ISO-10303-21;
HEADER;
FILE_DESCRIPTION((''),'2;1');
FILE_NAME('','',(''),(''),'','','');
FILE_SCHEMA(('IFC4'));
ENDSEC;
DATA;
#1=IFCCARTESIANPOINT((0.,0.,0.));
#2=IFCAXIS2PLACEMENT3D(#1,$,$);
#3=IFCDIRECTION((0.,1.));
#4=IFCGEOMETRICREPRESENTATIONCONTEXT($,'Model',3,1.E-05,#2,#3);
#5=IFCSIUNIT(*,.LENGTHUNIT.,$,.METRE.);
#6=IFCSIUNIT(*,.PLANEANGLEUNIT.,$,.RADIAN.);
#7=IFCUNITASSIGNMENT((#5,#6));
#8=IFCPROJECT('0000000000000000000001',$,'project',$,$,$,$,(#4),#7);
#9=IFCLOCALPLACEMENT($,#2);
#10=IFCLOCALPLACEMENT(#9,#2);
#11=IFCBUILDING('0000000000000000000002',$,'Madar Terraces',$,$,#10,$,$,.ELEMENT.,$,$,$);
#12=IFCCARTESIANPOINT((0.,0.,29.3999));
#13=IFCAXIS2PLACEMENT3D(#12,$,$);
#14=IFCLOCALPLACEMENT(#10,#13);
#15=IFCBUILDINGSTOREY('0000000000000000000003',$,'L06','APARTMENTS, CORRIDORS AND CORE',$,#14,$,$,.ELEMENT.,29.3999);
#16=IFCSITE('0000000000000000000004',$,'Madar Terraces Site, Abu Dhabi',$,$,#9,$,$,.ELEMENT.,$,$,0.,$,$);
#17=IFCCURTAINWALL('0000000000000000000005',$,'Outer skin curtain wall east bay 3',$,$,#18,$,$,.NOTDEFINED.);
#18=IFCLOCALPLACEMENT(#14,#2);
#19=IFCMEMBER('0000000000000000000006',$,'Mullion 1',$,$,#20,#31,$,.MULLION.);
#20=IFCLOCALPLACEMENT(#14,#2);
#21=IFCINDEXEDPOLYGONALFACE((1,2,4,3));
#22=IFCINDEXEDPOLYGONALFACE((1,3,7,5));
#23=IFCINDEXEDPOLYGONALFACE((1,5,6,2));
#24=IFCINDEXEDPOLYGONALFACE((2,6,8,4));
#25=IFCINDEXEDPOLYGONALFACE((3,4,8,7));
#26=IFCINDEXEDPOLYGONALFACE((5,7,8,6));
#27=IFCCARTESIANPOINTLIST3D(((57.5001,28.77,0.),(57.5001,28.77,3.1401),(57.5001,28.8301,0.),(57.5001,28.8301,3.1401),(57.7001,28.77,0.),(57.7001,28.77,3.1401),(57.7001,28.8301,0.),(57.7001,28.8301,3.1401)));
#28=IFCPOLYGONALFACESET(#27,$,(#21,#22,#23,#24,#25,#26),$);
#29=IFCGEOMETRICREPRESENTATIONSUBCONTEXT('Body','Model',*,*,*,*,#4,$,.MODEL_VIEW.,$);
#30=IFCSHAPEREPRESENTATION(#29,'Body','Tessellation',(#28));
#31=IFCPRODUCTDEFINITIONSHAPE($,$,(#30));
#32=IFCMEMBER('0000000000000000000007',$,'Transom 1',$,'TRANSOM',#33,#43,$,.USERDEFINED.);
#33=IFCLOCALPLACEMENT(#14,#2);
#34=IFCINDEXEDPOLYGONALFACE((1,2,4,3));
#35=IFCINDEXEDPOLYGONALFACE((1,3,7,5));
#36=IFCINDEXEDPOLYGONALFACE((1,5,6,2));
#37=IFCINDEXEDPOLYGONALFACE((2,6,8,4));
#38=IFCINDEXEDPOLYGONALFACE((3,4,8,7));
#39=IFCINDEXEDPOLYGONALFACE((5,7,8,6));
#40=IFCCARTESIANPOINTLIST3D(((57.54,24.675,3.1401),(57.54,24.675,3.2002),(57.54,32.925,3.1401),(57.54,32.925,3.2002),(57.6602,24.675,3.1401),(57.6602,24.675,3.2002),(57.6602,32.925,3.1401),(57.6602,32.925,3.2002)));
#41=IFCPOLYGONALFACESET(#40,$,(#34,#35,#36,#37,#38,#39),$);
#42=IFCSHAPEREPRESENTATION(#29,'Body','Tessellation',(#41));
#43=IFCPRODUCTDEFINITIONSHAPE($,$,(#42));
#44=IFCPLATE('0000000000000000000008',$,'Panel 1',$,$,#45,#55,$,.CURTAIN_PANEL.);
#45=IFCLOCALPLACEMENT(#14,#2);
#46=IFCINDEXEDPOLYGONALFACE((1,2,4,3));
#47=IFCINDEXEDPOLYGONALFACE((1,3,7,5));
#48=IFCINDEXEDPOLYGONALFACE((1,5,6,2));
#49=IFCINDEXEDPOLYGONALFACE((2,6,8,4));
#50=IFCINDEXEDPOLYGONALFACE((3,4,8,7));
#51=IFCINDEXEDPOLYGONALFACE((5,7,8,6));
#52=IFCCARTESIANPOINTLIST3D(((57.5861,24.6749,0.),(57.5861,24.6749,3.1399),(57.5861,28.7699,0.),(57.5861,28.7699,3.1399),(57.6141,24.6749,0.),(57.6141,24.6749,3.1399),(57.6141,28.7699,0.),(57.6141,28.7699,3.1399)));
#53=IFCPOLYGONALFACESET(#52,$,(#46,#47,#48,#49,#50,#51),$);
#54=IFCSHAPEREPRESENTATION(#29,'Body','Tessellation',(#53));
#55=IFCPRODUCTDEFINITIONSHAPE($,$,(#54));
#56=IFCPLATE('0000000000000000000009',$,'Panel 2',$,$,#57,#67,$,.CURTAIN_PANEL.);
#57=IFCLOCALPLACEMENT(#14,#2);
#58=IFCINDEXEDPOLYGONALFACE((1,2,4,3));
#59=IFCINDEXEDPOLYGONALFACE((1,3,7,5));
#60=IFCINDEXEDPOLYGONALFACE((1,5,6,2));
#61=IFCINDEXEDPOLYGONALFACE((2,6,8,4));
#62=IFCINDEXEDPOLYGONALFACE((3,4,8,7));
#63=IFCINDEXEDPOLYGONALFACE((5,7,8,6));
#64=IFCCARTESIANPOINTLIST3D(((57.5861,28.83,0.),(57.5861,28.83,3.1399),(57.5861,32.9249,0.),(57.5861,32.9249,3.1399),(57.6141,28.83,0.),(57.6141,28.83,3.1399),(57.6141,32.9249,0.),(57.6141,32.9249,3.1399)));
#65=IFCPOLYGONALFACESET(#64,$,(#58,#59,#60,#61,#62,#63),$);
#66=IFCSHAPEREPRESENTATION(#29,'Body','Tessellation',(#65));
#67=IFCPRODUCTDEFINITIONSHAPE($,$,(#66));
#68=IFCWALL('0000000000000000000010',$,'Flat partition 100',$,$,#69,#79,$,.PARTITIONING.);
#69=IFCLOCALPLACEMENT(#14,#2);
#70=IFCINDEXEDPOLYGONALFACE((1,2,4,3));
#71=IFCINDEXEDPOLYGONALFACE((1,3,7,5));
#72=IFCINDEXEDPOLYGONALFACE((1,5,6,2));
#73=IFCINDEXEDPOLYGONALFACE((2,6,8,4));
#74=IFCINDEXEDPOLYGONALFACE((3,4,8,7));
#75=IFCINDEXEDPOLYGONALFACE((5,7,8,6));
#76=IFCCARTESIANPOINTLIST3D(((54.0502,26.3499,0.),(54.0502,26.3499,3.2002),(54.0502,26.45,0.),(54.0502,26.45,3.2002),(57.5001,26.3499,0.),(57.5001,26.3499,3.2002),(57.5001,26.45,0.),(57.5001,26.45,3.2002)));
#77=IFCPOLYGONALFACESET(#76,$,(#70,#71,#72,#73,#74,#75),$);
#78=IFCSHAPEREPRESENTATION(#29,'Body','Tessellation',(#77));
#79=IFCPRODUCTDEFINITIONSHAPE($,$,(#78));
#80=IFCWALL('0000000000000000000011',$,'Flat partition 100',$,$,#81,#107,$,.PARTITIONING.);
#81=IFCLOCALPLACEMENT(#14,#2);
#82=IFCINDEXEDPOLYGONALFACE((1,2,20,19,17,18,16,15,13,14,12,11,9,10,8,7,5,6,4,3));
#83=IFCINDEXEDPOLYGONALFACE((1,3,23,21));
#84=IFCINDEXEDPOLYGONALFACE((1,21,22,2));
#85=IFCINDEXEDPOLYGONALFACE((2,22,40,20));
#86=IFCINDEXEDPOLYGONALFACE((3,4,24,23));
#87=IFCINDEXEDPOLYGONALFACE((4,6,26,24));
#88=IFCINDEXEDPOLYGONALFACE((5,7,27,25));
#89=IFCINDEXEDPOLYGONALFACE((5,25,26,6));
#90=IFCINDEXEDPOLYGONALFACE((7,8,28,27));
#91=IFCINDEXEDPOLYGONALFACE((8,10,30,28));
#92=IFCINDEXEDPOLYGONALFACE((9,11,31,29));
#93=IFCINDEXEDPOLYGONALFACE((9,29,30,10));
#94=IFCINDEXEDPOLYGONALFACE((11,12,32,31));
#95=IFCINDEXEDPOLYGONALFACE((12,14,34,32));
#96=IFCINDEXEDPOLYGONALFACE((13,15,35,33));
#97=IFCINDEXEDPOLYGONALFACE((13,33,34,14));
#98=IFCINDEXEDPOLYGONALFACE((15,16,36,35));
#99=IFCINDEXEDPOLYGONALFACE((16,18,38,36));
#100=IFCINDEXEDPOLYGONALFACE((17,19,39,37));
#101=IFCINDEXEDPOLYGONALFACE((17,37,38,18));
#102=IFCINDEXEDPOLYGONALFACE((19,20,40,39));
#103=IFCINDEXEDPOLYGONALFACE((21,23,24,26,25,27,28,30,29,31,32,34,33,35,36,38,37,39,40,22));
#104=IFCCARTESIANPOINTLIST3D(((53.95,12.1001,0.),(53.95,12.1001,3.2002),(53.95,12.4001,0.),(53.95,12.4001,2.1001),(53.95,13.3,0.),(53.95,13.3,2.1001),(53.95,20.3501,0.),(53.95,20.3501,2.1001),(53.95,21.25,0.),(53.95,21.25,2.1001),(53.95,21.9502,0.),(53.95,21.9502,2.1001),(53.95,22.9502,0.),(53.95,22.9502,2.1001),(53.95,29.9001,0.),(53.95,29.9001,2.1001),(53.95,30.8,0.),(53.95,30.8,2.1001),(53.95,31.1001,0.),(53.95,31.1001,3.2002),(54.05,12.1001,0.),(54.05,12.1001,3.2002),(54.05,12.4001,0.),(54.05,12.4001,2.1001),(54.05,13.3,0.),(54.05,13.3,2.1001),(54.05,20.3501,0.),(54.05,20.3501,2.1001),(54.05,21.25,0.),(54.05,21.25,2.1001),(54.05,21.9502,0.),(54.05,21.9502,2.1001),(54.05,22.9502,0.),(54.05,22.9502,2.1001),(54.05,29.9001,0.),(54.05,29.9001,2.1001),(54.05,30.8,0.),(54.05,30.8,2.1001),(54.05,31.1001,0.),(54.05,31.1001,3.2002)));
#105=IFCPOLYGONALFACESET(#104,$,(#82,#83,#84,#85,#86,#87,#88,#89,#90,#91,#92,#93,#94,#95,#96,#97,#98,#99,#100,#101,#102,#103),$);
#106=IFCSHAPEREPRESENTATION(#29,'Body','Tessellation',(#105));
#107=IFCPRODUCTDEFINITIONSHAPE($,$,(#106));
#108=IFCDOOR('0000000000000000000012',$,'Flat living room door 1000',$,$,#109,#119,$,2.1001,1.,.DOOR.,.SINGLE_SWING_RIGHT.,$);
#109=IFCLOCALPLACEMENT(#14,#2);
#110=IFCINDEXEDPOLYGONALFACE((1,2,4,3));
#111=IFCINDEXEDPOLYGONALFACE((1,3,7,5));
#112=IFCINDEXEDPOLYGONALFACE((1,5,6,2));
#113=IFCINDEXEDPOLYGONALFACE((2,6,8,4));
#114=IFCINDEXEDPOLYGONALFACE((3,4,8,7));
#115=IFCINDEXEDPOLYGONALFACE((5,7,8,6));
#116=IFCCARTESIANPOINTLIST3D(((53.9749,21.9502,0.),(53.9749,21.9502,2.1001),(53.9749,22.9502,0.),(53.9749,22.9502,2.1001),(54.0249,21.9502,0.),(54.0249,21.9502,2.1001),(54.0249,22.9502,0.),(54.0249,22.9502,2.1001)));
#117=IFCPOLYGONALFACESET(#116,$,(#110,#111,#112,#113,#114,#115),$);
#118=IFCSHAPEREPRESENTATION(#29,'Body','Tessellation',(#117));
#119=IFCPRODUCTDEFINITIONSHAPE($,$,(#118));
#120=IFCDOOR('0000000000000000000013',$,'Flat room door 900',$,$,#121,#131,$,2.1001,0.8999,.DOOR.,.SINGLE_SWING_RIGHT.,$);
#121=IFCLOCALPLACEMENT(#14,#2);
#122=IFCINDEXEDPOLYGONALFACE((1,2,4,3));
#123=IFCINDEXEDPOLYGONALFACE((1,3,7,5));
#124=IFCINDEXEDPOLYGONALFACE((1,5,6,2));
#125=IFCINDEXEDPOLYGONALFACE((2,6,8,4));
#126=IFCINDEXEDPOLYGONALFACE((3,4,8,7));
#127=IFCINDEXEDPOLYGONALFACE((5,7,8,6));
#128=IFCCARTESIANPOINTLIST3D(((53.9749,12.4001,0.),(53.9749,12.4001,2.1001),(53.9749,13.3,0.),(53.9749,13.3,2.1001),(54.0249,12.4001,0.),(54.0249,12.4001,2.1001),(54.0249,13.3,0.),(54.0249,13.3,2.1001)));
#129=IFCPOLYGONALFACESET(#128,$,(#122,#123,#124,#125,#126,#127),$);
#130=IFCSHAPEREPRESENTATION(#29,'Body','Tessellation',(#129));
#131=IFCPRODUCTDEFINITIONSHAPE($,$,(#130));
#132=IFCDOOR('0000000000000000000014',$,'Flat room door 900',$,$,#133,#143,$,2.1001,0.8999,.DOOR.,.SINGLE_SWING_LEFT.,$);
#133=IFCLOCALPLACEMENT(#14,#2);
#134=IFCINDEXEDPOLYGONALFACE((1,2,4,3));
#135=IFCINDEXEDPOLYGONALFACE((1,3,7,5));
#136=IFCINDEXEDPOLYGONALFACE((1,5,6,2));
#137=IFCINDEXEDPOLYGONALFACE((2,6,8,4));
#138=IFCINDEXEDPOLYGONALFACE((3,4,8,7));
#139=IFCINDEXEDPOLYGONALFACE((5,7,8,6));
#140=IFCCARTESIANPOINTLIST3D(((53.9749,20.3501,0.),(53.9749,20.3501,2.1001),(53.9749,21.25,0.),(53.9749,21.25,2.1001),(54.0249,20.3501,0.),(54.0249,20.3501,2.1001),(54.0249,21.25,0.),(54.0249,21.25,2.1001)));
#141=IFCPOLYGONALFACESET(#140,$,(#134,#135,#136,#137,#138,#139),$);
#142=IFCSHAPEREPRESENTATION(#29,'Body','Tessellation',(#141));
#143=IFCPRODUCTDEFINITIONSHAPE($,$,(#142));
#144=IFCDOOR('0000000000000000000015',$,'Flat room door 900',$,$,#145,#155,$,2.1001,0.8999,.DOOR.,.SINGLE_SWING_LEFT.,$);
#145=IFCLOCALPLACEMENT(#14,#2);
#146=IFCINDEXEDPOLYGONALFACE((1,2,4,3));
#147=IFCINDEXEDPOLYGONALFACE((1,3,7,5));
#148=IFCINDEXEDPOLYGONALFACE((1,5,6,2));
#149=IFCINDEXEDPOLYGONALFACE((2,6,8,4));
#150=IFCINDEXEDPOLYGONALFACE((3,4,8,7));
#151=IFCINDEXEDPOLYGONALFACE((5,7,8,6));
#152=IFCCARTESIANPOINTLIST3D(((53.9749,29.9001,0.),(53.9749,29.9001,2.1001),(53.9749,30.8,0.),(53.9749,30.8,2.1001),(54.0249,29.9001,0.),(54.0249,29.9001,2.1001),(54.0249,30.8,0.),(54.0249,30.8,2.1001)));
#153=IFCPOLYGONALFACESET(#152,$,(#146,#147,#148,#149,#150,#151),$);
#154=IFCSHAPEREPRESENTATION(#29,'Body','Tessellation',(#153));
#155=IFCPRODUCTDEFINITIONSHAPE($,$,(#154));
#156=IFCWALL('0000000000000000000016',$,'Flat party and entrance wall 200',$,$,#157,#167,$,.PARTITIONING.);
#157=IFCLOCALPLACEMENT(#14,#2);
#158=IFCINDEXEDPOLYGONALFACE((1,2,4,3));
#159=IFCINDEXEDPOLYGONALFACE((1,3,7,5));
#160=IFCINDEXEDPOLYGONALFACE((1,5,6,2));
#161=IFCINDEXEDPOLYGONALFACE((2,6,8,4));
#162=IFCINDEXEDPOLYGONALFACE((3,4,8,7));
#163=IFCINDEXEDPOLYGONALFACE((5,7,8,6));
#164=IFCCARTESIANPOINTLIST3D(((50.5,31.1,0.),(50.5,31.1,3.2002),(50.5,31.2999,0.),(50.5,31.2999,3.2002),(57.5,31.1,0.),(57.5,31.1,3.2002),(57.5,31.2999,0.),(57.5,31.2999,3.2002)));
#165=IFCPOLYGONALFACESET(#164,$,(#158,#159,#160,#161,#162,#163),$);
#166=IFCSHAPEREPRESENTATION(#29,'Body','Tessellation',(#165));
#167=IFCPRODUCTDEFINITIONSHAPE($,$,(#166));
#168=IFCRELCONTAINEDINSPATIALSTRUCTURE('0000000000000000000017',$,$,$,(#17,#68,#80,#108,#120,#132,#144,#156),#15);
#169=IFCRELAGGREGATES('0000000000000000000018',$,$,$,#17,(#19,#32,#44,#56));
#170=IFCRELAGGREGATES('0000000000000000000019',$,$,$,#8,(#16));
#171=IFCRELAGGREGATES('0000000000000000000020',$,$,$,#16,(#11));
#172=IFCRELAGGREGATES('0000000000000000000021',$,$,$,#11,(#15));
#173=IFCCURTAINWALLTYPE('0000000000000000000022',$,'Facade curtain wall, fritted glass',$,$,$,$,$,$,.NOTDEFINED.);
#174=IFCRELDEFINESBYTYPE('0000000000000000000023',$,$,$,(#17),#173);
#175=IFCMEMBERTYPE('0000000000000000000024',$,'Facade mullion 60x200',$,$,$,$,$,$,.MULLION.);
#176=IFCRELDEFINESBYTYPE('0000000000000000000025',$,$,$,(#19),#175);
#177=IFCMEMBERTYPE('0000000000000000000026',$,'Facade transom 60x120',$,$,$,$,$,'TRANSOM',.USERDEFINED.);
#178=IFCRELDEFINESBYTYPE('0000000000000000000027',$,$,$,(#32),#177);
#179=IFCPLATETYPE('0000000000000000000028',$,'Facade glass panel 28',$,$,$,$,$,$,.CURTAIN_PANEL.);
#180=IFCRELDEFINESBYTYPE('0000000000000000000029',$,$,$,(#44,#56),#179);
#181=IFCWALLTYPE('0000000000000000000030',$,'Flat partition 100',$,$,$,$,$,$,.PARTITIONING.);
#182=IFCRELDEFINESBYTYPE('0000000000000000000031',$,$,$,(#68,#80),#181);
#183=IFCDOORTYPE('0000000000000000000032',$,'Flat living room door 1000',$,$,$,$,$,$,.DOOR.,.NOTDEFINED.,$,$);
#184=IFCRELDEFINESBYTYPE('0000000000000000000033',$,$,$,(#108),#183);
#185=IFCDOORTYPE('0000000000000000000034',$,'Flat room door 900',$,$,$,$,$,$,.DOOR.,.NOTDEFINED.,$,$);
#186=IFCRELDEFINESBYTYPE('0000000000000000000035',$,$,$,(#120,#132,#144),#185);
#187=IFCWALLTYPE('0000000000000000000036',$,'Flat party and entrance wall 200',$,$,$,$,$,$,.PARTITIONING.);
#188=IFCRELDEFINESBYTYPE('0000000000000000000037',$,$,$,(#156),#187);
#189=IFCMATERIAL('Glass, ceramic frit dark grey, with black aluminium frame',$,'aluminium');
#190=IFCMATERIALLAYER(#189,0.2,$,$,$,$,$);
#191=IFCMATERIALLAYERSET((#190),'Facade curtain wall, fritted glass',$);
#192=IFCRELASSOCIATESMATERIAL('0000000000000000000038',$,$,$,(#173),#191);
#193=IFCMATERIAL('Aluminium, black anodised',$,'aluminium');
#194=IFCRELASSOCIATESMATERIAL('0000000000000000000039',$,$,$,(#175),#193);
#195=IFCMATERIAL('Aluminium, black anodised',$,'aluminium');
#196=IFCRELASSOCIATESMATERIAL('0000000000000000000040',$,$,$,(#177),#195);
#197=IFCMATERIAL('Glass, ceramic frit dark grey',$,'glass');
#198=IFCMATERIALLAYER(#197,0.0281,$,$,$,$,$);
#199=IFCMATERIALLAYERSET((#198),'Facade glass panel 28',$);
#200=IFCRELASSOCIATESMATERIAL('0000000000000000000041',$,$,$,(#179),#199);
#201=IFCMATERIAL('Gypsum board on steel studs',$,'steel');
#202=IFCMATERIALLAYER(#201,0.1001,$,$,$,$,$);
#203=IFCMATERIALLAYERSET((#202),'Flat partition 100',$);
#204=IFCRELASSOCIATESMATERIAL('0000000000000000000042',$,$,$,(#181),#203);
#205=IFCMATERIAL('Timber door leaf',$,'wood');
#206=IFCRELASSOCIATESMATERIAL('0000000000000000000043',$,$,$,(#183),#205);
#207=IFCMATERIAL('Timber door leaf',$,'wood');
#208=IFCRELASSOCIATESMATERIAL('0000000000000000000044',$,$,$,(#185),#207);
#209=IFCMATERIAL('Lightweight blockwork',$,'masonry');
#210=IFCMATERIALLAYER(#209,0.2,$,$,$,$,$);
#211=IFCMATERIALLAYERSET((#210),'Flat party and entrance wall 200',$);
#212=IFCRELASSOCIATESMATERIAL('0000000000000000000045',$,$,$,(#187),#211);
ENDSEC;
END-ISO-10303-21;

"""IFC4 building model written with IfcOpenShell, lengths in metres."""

from ifc_helpers import new_model, si_unit, direction, frame, frame_2d, origin, origin_2d, place, context, subcontext, project, spatial, rectangle, extrude, material, layer, layer_set, material_profile, profile_set, type_object, element, fill, aggregate, save


model = new_model("IFC4")

# Units and contexts
model_context = context("Model", 3, precision=1e-05, world=origin(), true_north=direction((0.0, 1.0)))
body_context = subcontext(model_context, "Body", "Model", "MODEL_VIEW")
ifc_project = project(units=[si_unit("LENGTHUNIT", "METRE"), si_unit("PLANEANGLEUNIT", "RADIAN")], contexts=[model_context])

# Site, building, storey
site_placement = place(None, origin())
site = spatial("IfcSite", under=ifc_project, at=site_placement, Name="Madar Terraces Site, Abu Dhabi", CompositionType="ELEMENT", RefElevation=0.0)
building_placement = place(site_placement, origin())
building = spatial("IfcBuilding", under=site, at=building_placement, Name="Madar Terraces", CompositionType="ELEMENT")
storey_placement = place(building_placement, frame((0.0, 0.0, 29.3999)))
storey = spatial("IfcBuildingStorey", under=building, at=storey_placement, Name="L06", Description="APARTMENTS, CORRIDORS AND CORE", CompositionType="ELEMENT", Elevation=29.3999)

# Curtain wall, members, plates
ifc_material_1 = material(Name="Glass, ceramic frit dark grey, with black aluminium frame", Category="aluminium")
ifc_layer_1 = layer(ifc_material_1, 0.2)
ifc_layer_set_1 = layer_set([ifc_layer_1], Name="Facade curtain wall, fritted glass")
curtain_wall_type = type_object("IfcCurtainWallType", Name="Facade curtain wall, fritted glass", PredefinedType="NOTDEFINED", material=ifc_layer_set_1)
curtain_wall_placement = place(storey_placement, origin())
curtain_wall = element("IfcCurtainWall", 1, at=curtain_wall_placement, inside=storey, type_object=curtain_wall_type, Name="Outer skin curtain wall east bay 3", PredefinedType="NOTDEFINED")
ifc_material_2 = material(Name="Aluminium, black anodised", Category="aluminium")
ifc_material_profile_1 = material_profile(ifc_material_2, rectangle(XDim=0.2, YDim=0.0601, at=origin_2d()), Name="Facade mullion 60x200")
ifc_profile_set_1 = profile_set([ifc_material_profile_1], Name="Aluminium, black anodised")
member_type_1 = type_object("IfcMemberType", Name="Facade mullion 60x200", PredefinedType="MULLION", material=ifc_profile_set_1)
member_1_placement = place(storey_placement, frame((57.6001, 28.8, 0.0), z_axis=(0.0, 0.0, 1.0), x_axis=(-1.0, 0.0, 0.0)))
member_1 = element("IfcMember", 2, at=member_1_placement, type_object=member_type_1, Name="Mullion 1", PredefinedType="MULLION", context=body_context, shape_type="SweptSolid", body=[
    extrude(rectangle(XDim=0.2, YDim=0.0601, at=origin_2d()), origin(), (0.0, 0.0, 1.0), 3.1401),
])
ifc_material_3 = material(Name="Aluminium, black anodised", Category="aluminium")
ifc_material_profile_2 = material_profile(ifc_material_3, rectangle(XDim=0.1201, YDim=0.0601, at=origin_2d()), Name="Facade transom 60x120")
ifc_profile_set_2 = profile_set([ifc_material_profile_2], Name="Aluminium, black anodised")
member_type_2 = type_object("IfcMemberType", Name="Facade transom 60x120", ElementType="TRANSOM", PredefinedType="USERDEFINED", material=ifc_profile_set_2)
member_2_placement = place(storey_placement, frame((57.6001, 24.675, 3.1702), z_axis=(0.0, 1.0, 0.0), x_axis=(-1.0, 0.0, 0.0)))
member_2 = element("IfcMember", 3, at=member_2_placement, type_object=member_type_2, Name="Transom 1", ObjectType="TRANSOM", PredefinedType="USERDEFINED", context=body_context, shape_type="SweptSolid", body=[
    extrude(rectangle(XDim=0.1201, YDim=0.0601, at=origin_2d()), origin(), (0.0, 0.0, 1.0), 8.25),
])
ifc_material_4 = material(Name="Glass, ceramic frit dark grey", Category="glass")
ifc_layer_2 = layer(ifc_material_4, 0.0281)
ifc_layer_set_2 = layer_set([ifc_layer_2], Name="Facade glass panel 28")
plate_type = type_object("IfcPlateType", Name="Facade glass panel 28", PredefinedType="CURTAIN_PANEL", material=ifc_layer_set_2)
plate_1_placement = place(storey_placement, frame((57.6001, 26.7224, 0.0), z_axis=(0.0, 0.0, 1.0), x_axis=(0.0, 1.0, 0.0)))
plate_1 = element("IfcPlate", 4, at=plate_1_placement, type_object=plate_type, Name="Panel 1", PredefinedType="CURTAIN_PANEL", context=body_context, shape_type="SweptSolid", body=[
    extrude(rectangle(XDim=4.095, YDim=0.0281, at=origin_2d()), origin(), (0.0, 0.0, 1.0), 3.1399),
])
plate_2_placement = place(storey_placement, frame((57.6001, 30.8774, 0.0), z_axis=(0.0, 0.0, 1.0), x_axis=(0.0, 1.0, 0.0)))
plate_2 = element("IfcPlate", 5, at=plate_2_placement, type_object=plate_type, Name="Panel 2", PredefinedType="CURTAIN_PANEL", context=body_context, shape_type="SweptSolid", body=[
    extrude(rectangle(XDim=4.095, YDim=0.0281, at=origin_2d()), origin(), (0.0, 0.0, 1.0), 3.1399),
])
aggregate(curtain_wall, [member_1, member_2, plate_1, plate_2])

# Wall
ifc_material_5 = material(Name="Gypsum board on steel studs", Category="steel")
ifc_layer_3 = layer(ifc_material_5, 0.1001)
ifc_layer_set_3 = layer_set([ifc_layer_3], Name="Flat partition 100")
wall_type_1 = type_object("IfcWallType", Name="Flat partition 100", PredefinedType="PARTITIONING", material=ifc_layer_set_3)
wall_1_placement = place(storey_placement, frame((54.05, 26.3999, 0.0), z_axis=(0.0, 0.0, 1.0), x_axis=(1.0, 0.0, 0.0)))
element("IfcWall", 6, at=wall_1_placement, inside=storey, type_object=wall_type_1, Name="Flat partition 100", PredefinedType="PARTITIONING", context=body_context, shape_type="SweptSolid", body=[
    extrude(rectangle(XDim=3.45, YDim=0.1001, at=frame_2d((1.7251, 0.0))), origin(), (0.0, 0.0, 1.0), 3.2002),
])

# Wall, openings, doors
wall_2_placement = place(storey_placement, frame((54.0, 31.1001, 0.0), z_axis=(0.0, 0.0, 1.0), x_axis=(0.0, -1.0, 0.0)))
wall_2 = element("IfcWall", 7, at=wall_2_placement, inside=storey, type_object=wall_type_1, Name="Flat partition 100", PredefinedType="PARTITIONING", context=body_context, shape_type="SweptSolid", body=[
    extrude(rectangle(XDim=19.0, YDim=0.1001, at=frame_2d((9.5, 0.0))), origin(), (0.0, 0.0, 1.0), 3.2002),
])
opening_1_placement = place(wall_2_placement, frame((17.8, 0.0, 0.0)))
opening_1 = element("IfcOpeningElement", 8, at=opening_1_placement, cuts=wall_2, PredefinedType="OPENING", context=body_context, shape_type="SweptSolid", body=[
    extrude(rectangle(XDim=0.8999, YDim=2.1001, at=frame_2d((0.45, 1.05))), frame((0.0, 0.0601, 0.0), z_axis=(0.0, -1.0, 0.0), x_axis=(1.0, 0.0, 0.0)), (0.0, 0.0, 1.0), 0.1201),
])
opening_2_placement = place(wall_2_placement, frame((9.8501, 0.0, 0.0)))
opening_2 = element("IfcOpeningElement", 9, at=opening_2_placement, cuts=wall_2, PredefinedType="OPENING", context=body_context, shape_type="SweptSolid", body=[
    extrude(rectangle(XDim=0.8999, YDim=2.1001, at=frame_2d((0.45, 1.05))), frame((0.0, 0.0601, 0.0), z_axis=(0.0, -1.0, 0.0), x_axis=(1.0, 0.0, 0.0)), (0.0, 0.0, 1.0), 0.1201),
])
opening_3_placement = place(wall_2_placement, frame((8.1499, 0.0, 0.0)))
opening_3 = element("IfcOpeningElement", 10, at=opening_3_placement, cuts=wall_2, PredefinedType="OPENING", context=body_context, shape_type="SweptSolid", body=[
    extrude(rectangle(XDim=1.0, YDim=2.1001, at=frame_2d((0.5, 1.05))), frame((0.0, 0.0601, 0.0), z_axis=(0.0, -1.0, 0.0), x_axis=(1.0, 0.0, 0.0)), (0.0, 0.0, 1.0), 0.1201),
])
opening_4_placement = place(wall_2_placement, frame((0.3, 0.0, 0.0)))
opening_4 = element("IfcOpeningElement", 11, at=opening_4_placement, cuts=wall_2, PredefinedType="OPENING", context=body_context, shape_type="SweptSolid", body=[
    extrude(rectangle(XDim=0.8999, YDim=2.1001, at=frame_2d((0.45, 1.05))), frame((0.0, 0.0601, 0.0), z_axis=(0.0, -1.0, 0.0), x_axis=(1.0, 0.0, 0.0)), (0.0, 0.0, 1.0), 0.1201),
])
ifc_material_6 = material(Name="Timber door leaf", Category="wood")
door_type_1 = type_object("IfcDoorType", Name="Flat living room door 1000", OperationType="NOTDEFINED", PredefinedType="DOOR", material=ifc_material_6)
door_1_placement = place(opening_3_placement, origin())
door_1 = element("IfcDoor", 12, at=door_1_placement, inside=storey, type_object=door_type_1, Name="Flat living room door 1000", OperationType="SINGLE_SWING_RIGHT", OverallHeight=2.1001, OverallWidth=1.0, PredefinedType="DOOR", context=body_context, shape_type="SweptSolid", body=[
    extrude(rectangle(XDim=1.0, YDim=2.1001, at=frame_2d((0.5, 1.05))), frame((0.0, 0.0249, 0.0), z_axis=(0.0, -1.0, 0.0), x_axis=(1.0, 0.0, 0.0)), (0.0, 0.0, 1.0), 0.05),
])
fill(opening_3, door_1)
ifc_material_7 = material(Name="Timber door leaf", Category="wood")
door_type_2 = type_object("IfcDoorType", Name="Flat room door 900", OperationType="NOTDEFINED", PredefinedType="DOOR", material=ifc_material_7)
door_2_placement = place(opening_1_placement, origin())
door_2 = element("IfcDoor", 13, at=door_2_placement, inside=storey, type_object=door_type_2, Name="Flat room door 900", OperationType="SINGLE_SWING_RIGHT", OverallHeight=2.1001, OverallWidth=0.8999, PredefinedType="DOOR", context=body_context, shape_type="SweptSolid", body=[
    extrude(rectangle(XDim=0.8999, YDim=2.1001, at=frame_2d((0.45, 1.05))), frame((0.0, 0.0249, 0.0), z_axis=(0.0, -1.0, 0.0), x_axis=(1.0, 0.0, 0.0)), (0.0, 0.0, 1.0), 0.05),
])
fill(opening_1, door_2)
door_3_placement = place(opening_2_placement, origin())
door_3 = element("IfcDoor", 14, at=door_3_placement, inside=storey, type_object=door_type_2, Name="Flat room door 900", OperationType="SINGLE_SWING_LEFT", OverallHeight=2.1001, OverallWidth=0.8999, PredefinedType="DOOR", context=body_context, shape_type="SweptSolid", body=[
    extrude(rectangle(XDim=0.8999, YDim=2.1001, at=frame_2d((0.45, 1.05))), frame((0.0, 0.0249, 0.0), z_axis=(0.0, -1.0, 0.0), x_axis=(1.0, 0.0, 0.0)), (0.0, 0.0, 1.0), 0.05),
])
fill(opening_2, door_3)
door_4_placement = place(opening_4_placement, origin())
door_4 = element("IfcDoor", 15, at=door_4_placement, inside=storey, type_object=door_type_2, Name="Flat room door 900", OperationType="SINGLE_SWING_LEFT", OverallHeight=2.1001, OverallWidth=0.8999, PredefinedType="DOOR", context=body_context, shape_type="SweptSolid", body=[
    extrude(rectangle(XDim=0.8999, YDim=2.1001, at=frame_2d((0.45, 1.05))), frame((0.0, 0.0249, 0.0), z_axis=(0.0, -1.0, 0.0), x_axis=(1.0, 0.0, 0.0)), (0.0, 0.0, 1.0), 0.05),
])
fill(opening_4, door_4)

# Wall
ifc_material_8 = material(Name="Lightweight blockwork", Category="masonry")
ifc_layer_4 = layer(ifc_material_8, 0.2)
ifc_layer_set_4 = layer_set([ifc_layer_4], Name="Flat party and entrance wall 200")
wall_type_2 = type_object("IfcWallType", Name="Flat party and entrance wall 200", PredefinedType="PARTITIONING", material=ifc_layer_set_4)
wall_3_placement = place(storey_placement, frame((50.5, 31.2, 0.0), z_axis=(0.0, 0.0, 1.0), x_axis=(1.0, 0.0, 0.0)))
element("IfcWall", 16, at=wall_3_placement, inside=storey, type_object=wall_type_2, Name="Flat party and entrance wall 200", PredefinedType="PARTITIONING", context=body_context, shape_type="SweptSolid", body=[
    extrude(rectangle(XDim=7.0, YDim=0.2, at=frame_2d((3.5, 0.0))), origin(), (0.0, 0.0, 1.0), 3.2002),
])

save(model, "model.ifc")
